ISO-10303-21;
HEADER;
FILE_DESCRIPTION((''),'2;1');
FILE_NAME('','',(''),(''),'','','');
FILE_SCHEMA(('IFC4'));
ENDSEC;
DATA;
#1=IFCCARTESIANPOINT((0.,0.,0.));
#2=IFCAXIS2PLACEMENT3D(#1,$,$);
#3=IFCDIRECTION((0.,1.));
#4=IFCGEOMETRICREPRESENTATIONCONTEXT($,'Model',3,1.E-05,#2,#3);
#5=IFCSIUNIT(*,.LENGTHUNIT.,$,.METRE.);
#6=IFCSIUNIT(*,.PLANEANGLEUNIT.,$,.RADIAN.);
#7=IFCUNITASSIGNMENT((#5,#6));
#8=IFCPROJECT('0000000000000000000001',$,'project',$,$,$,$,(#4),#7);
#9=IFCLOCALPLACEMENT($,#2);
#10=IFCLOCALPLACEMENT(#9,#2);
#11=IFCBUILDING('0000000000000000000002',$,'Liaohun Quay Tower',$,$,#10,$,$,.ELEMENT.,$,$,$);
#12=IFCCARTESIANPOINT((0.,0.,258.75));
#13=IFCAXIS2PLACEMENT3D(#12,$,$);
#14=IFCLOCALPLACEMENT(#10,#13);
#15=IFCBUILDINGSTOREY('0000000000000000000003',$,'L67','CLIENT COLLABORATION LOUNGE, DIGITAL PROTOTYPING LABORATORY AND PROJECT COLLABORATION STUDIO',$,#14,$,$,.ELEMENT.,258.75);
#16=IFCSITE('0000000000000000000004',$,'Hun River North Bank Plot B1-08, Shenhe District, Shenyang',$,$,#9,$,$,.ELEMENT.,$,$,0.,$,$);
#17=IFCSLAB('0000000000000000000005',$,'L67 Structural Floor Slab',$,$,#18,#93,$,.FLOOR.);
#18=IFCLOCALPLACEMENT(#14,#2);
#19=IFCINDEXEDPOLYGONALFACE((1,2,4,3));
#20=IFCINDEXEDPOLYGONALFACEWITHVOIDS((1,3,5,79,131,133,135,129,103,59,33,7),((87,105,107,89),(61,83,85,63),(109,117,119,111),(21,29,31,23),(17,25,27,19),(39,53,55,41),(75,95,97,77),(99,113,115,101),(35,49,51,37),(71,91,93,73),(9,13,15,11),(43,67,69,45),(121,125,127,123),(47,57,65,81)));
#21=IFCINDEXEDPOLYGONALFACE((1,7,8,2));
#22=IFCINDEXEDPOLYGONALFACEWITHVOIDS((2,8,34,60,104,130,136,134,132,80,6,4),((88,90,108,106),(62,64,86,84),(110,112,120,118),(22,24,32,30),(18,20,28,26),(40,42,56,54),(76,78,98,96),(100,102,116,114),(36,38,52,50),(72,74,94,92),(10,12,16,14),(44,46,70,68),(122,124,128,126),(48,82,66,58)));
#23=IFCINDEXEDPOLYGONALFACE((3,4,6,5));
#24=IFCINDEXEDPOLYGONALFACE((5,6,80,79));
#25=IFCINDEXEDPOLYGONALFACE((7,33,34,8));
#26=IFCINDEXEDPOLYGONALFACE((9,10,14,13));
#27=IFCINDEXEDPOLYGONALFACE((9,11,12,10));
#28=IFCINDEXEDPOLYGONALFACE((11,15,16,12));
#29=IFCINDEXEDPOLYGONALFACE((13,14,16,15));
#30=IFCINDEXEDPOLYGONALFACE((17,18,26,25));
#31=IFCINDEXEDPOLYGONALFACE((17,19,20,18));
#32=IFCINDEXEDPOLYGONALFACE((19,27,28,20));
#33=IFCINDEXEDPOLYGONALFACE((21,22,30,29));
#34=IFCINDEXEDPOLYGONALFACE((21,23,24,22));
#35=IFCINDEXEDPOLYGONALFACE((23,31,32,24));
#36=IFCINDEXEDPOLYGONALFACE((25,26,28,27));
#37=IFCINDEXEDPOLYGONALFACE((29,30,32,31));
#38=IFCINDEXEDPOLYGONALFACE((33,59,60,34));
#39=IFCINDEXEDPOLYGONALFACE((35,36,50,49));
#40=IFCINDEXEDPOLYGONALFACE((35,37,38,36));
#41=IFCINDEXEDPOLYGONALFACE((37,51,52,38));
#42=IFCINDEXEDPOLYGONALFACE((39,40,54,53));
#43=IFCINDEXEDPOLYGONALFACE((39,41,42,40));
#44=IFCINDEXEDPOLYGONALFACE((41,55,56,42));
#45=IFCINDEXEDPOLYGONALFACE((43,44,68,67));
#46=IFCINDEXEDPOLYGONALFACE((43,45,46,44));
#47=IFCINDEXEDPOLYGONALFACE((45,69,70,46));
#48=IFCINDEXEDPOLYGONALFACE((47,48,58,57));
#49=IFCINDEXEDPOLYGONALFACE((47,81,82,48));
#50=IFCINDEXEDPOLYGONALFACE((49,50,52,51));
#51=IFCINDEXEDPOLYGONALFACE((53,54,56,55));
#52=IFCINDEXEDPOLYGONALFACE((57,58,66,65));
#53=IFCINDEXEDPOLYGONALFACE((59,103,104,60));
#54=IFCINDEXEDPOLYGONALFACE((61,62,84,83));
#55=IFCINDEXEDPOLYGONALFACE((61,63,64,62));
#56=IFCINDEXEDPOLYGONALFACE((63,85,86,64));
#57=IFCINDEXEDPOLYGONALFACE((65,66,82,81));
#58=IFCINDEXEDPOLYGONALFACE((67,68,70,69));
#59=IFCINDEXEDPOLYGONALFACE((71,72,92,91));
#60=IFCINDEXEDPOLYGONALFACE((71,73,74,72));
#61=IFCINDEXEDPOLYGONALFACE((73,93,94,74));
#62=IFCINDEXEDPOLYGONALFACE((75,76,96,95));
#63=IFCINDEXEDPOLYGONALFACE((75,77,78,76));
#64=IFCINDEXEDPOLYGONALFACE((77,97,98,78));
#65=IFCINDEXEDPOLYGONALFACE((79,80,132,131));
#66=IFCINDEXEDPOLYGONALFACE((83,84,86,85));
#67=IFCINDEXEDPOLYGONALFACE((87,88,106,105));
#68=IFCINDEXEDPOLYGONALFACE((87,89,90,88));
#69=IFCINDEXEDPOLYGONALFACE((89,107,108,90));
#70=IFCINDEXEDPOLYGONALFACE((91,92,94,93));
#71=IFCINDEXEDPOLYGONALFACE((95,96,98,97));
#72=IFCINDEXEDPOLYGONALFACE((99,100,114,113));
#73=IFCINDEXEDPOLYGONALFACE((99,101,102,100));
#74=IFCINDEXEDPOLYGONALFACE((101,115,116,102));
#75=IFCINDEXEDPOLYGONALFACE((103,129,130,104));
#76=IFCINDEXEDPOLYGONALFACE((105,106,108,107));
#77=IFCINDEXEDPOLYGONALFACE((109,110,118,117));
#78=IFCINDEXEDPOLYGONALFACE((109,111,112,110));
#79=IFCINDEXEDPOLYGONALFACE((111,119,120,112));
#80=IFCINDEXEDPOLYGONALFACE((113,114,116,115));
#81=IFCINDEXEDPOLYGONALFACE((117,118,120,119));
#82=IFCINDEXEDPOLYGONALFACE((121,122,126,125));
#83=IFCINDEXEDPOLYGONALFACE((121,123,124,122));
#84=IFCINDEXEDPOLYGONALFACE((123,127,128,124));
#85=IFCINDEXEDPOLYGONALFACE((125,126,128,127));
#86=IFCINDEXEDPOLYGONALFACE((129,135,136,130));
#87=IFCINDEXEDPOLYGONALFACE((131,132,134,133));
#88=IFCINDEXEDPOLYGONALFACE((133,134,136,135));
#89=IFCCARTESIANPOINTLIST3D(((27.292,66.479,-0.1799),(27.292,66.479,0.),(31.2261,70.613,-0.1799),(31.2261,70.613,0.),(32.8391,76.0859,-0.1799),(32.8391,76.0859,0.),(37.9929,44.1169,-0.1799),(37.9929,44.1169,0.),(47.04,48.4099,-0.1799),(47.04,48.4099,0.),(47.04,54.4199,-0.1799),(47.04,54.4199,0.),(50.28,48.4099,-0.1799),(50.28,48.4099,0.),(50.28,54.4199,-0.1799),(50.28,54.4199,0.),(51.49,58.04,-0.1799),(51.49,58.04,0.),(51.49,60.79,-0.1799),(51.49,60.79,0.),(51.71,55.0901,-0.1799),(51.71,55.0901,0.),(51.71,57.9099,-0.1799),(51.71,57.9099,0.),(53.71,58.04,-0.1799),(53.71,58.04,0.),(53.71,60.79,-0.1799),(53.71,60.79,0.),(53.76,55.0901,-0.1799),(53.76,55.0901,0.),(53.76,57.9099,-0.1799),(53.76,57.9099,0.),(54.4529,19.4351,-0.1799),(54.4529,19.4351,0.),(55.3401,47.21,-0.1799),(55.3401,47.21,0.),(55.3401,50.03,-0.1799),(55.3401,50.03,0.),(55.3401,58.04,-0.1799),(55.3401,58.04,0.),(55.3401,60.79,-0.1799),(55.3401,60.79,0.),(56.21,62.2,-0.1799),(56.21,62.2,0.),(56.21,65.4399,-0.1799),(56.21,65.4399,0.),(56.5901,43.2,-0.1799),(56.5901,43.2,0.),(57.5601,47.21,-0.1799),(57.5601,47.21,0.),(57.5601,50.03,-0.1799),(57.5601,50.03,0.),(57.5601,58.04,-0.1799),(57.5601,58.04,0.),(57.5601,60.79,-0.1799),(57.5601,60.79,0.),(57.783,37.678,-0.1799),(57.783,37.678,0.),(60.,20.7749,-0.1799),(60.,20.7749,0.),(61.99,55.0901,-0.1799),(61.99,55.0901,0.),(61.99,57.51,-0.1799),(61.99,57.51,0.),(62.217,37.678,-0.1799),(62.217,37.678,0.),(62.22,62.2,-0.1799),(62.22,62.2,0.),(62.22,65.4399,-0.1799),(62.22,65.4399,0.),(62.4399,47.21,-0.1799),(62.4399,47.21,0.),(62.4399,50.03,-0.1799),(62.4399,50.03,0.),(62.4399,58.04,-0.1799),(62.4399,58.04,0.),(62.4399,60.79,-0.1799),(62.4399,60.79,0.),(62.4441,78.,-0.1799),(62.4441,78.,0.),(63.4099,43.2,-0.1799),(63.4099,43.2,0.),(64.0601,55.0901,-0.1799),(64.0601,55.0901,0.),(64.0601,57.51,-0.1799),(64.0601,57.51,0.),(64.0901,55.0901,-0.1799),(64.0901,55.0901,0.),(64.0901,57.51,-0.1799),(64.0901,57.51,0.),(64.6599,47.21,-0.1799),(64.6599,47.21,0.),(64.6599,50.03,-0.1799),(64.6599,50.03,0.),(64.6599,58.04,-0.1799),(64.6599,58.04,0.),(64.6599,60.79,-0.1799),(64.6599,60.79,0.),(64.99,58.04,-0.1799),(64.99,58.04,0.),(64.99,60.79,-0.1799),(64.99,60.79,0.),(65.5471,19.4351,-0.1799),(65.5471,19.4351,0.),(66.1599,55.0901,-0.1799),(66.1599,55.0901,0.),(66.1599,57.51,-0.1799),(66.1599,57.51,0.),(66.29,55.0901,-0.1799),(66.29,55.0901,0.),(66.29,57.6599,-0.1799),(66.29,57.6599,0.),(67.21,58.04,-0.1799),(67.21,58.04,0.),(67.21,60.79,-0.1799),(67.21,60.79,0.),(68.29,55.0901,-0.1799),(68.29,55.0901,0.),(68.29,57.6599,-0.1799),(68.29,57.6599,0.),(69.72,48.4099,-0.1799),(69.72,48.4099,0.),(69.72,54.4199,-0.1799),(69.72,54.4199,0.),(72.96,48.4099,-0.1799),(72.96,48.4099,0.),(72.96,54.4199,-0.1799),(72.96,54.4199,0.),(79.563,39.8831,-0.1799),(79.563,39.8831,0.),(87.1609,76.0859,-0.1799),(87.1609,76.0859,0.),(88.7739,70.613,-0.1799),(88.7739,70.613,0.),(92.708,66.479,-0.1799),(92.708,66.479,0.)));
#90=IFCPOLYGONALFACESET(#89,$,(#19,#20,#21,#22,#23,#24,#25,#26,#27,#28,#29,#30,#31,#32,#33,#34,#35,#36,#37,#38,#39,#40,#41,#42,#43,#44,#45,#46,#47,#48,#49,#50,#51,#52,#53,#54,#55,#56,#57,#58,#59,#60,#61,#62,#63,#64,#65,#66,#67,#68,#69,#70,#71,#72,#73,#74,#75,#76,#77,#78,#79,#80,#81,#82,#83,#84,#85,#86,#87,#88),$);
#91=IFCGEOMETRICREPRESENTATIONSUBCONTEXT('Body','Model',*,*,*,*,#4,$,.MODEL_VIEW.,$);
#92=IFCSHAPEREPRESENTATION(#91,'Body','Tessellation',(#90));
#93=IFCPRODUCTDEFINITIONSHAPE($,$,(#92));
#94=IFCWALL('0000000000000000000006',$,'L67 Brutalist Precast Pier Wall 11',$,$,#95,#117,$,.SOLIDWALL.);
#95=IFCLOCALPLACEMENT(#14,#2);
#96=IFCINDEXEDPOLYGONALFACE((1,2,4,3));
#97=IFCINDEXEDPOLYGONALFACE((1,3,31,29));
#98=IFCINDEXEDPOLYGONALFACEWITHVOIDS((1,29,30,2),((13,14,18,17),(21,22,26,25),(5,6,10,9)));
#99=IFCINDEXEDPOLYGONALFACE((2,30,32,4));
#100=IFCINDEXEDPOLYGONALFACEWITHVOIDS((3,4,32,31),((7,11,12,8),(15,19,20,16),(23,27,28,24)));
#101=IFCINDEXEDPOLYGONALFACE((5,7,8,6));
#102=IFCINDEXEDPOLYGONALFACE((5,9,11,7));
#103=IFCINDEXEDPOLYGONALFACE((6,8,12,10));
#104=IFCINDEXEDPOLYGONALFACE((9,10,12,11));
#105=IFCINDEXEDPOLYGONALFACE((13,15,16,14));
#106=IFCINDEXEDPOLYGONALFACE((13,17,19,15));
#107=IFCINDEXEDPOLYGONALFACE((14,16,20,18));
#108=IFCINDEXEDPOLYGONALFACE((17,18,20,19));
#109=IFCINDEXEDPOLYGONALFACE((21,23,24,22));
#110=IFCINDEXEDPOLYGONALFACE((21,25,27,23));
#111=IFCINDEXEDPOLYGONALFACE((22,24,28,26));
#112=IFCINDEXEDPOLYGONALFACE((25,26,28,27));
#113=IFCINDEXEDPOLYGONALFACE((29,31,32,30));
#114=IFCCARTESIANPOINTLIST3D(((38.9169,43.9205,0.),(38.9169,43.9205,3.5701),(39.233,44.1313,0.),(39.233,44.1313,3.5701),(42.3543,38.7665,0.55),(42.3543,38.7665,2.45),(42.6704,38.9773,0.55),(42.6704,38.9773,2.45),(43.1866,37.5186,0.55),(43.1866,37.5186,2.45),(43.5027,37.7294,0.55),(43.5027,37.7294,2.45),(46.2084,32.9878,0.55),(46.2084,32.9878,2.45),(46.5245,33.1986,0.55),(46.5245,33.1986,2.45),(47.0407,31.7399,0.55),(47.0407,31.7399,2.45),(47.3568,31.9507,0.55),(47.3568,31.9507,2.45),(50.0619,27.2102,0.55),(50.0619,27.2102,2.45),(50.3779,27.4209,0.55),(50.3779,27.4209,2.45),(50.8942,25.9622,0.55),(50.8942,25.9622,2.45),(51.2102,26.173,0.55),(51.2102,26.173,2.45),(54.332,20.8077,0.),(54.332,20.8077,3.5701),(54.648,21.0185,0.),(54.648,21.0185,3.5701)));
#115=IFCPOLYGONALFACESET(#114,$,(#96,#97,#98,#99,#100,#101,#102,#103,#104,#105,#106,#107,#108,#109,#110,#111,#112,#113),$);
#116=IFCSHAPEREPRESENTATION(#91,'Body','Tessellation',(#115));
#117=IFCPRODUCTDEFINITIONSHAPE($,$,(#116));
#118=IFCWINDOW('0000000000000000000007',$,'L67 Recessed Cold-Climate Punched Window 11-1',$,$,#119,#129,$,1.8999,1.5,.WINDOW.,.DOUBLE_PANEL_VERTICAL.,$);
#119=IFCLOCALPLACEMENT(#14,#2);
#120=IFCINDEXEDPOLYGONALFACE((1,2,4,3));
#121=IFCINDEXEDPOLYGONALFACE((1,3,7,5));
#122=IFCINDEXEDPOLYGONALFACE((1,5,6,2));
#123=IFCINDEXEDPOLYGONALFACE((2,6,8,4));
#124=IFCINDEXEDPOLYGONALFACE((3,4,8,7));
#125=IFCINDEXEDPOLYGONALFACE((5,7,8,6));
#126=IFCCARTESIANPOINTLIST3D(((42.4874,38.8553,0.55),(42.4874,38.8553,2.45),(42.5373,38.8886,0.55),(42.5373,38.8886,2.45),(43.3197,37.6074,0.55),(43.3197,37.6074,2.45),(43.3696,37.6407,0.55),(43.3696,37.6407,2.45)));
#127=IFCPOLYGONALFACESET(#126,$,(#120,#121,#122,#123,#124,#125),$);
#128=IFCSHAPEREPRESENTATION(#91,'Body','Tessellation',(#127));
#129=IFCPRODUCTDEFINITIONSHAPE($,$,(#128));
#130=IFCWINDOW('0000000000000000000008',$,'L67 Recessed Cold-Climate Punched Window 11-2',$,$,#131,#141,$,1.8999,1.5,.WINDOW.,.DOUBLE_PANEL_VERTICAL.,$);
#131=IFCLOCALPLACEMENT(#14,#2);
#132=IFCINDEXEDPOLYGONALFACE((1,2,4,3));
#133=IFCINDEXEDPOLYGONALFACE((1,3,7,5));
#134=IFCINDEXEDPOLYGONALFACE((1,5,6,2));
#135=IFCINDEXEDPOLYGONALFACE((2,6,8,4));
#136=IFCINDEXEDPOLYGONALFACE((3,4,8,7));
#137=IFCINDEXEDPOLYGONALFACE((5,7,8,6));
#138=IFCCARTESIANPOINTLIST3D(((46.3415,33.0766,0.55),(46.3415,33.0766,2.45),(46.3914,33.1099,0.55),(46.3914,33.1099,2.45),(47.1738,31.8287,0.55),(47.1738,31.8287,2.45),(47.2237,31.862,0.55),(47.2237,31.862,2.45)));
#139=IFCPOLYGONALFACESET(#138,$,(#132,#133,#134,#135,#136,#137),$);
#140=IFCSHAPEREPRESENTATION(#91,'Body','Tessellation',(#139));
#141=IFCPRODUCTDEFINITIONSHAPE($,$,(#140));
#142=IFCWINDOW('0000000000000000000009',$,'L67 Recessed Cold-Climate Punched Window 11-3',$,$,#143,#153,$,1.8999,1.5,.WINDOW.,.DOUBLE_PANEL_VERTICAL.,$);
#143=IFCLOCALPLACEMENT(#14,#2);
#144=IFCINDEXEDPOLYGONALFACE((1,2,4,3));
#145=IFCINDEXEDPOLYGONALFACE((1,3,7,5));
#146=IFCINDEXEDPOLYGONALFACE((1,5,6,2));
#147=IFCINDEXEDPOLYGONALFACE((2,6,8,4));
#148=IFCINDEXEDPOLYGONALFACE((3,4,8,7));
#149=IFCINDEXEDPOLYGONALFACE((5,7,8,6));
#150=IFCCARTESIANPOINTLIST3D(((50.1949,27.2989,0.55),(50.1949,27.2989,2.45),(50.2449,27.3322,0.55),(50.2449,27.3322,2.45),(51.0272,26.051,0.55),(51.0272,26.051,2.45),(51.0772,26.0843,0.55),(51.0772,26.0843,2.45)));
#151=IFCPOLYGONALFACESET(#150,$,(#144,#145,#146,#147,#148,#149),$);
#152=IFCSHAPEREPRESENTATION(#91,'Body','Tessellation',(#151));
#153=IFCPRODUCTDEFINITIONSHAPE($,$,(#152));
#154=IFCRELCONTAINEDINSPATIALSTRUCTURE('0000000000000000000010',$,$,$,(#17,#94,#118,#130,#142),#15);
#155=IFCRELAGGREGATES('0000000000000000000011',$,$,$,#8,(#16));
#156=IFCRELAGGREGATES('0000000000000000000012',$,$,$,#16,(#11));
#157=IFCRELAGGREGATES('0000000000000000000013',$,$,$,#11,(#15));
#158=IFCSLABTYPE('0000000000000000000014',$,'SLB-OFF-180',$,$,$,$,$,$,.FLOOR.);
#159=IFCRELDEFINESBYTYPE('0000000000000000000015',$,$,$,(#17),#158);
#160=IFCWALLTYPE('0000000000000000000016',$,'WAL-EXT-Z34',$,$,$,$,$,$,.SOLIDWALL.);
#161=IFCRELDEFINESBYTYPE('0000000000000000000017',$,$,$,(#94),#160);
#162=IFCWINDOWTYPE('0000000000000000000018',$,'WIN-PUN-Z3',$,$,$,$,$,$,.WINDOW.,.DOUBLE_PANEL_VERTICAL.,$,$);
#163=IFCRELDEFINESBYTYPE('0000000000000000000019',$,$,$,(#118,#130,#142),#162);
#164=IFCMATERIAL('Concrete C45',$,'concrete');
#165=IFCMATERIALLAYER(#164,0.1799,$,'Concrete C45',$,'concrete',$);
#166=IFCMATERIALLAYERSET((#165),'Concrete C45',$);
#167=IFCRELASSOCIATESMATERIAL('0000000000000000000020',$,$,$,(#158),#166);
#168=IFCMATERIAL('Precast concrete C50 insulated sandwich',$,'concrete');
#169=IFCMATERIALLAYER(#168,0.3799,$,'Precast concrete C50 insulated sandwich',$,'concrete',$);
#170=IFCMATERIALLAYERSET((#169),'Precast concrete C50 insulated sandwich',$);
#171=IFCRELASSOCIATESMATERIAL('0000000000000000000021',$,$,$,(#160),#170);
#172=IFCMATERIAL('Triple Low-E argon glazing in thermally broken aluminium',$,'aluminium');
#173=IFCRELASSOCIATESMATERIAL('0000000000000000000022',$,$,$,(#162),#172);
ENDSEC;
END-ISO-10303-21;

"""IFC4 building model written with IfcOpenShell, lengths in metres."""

from ifc_helpers import new_model, si_unit, direction, frame, frame_2d, origin, place, context, subcontext, project, spatial, polyline, rectangle, outline, extrude, source, transform, mapped, material, layer, layer_set, type_object, element, fill, save


model = new_model("IFC4")

# Units and contexts
model_context = context("Model", 3, precision=1e-05, world=origin(), true_north=direction((0.0, 1.0)))
body_context = subcontext(model_context, "Body", "Model", "MODEL_VIEW")
ifc_project = project(units=[si_unit("LENGTHUNIT", "METRE"), si_unit("PLANEANGLEUNIT", "RADIAN")], contexts=[model_context])

# Site, building, storey
site_placement = place(None, origin())
site = spatial("IfcSite", under=ifc_project, at=site_placement, Name="Hun River North Bank Plot B1-08, Shenhe District, Shenyang", CompositionType="ELEMENT", RefElevation=0.0)
building_placement = place(site_placement, origin())
building = spatial("IfcBuilding", under=site, at=building_placement, Name="Liaohun Quay Tower", CompositionType="ELEMENT")
storey_placement = place(building_placement, frame((0.0, 0.0, 258.75)))
storey = spatial("IfcBuildingStorey", under=building, at=storey_placement, Name="L67", Description="CLIENT COLLABORATION LOUNGE, DIGITAL PROTOTYPING LABORATORY AND PROJECT COLLABORATION STUDIO", CompositionType="ELEMENT", Elevation=258.75)

# Shared definitions
ifc_material_1 = material(Name="Concrete C45", Category="concrete")

# Slab
ifc_layer_1 = layer(ifc_material_1, 0.1799, Name="Concrete C45", Category="concrete")
ifc_layer_set_1 = layer_set([ifc_layer_1], Name="Concrete C45")
slab_type_1 = type_object("IfcSlabType", Name="SLB-OFF-180", PredefinedType="FLOOR", material=ifc_layer_set_1)
slab_1_placement = place(storey_placement, frame((0.0, 0.0, -0.1799)))
element("IfcSlab", 1, at=slab_1_placement, inside=storey, type_object=slab_type_1, Name="L67 Structural Floor Slab", PredefinedType="FLOOR", context=body_context, shape_type="SweptSolid", body=[
    extrude(outline(polyline([(54.4529, 19.4351), (60.0, 20.7749), (65.5471, 19.4351), (79.563, 39.8831), (92.708, 66.479), (88.7739, 70.613), (87.1609, 76.0859), (62.4441, 78.0), (32.8391, 76.0859), (31.2261, 70.613), (27.292, 66.479), (37.9929, 44.1169), (54.4529, 19.4351)]), holes=[polyline([(63.4099, 43.2), (56.5901, 43.2), (57.783, 37.678), (62.217, 37.678), (63.4099, 43.2)]), polyline([(57.5601, 47.21), (57.5601, 50.03), (55.3401, 50.03), (55.3401, 47.21), (57.5601, 47.21)]), polyline([(50.28, 54.4199), (47.04, 54.4199), (47.04, 48.4099), (50.28, 48.4099), (50.28, 54.4199)]), polyline([(53.76, 55.0901), (53.76, 57.9099), (51.71, 57.9099), (51.71, 55.0901), (53.76, 55.0901)]), polyline([(53.71, 58.04), (53.71, 60.79), (51.49, 60.79), (51.49, 58.04), (53.71, 58.04)]), polyline([(57.5601, 58.04), (57.5601, 60.79), (55.3401, 60.79), (55.3401, 58.04), (57.5601, 58.04)]), polyline([(62.22, 62.2), (62.22, 65.4399), (56.21, 65.4399), (56.21, 62.2), (62.22, 62.2)]), polyline([(64.6599, 50.03), (62.4399, 50.03), (62.4399, 47.21), (64.6599, 47.21), (64.6599, 50.03)]), polyline([(72.96, 54.4199), (69.72, 54.4199), (69.72, 48.4099), (72.96, 48.4099), (72.96, 54.4199)]), polyline([(64.0601, 55.0901), (64.0601, 57.51), (61.99, 57.51), (61.99, 55.0901), (64.0601, 55.0901)]), polyline([(66.1599, 55.0901), (66.1599, 57.51), (64.0901, 57.51), (64.0901, 55.0901), (66.1599, 55.0901)]), polyline([(68.29, 55.0901), (68.29, 57.6599), (66.29, 57.6599), (66.29, 55.0901), (68.29, 55.0901)]), polyline([(64.6599, 58.04), (64.6599, 60.79), (62.4399, 60.79), (62.4399, 58.04), (64.6599, 58.04)]), polyline([(67.21, 58.04), (67.21, 60.79), (64.99, 60.79), (64.99, 58.04), (67.21, 58.04)])]), origin(), (0.0, 0.0, 1.0), 0.1799),
])

# Wall, openings, windows
ifc_material_2 = material(Name="Precast concrete C50 insulated sandwich", Category="concrete")
ifc_layer_2 = layer(ifc_material_2, 0.3799, Name="Precast concrete C50 insulated sandwich", Category="concrete")
ifc_layer_set_2 = layer_set([ifc_layer_2], Name="Precast concrete C50 insulated sandwich")
wall_type_1 = type_object("IfcWallType", Name="WAL-EXT-Z34", PredefinedType="SOLIDWALL", material=ifc_layer_set_2)
wall_1_placement = place(storey_placement, frame((39.075, 44.0259, 0.0), z_axis=(0.0, 0.0, 1.0), x_axis=(0.554862, -0.831942, 0.0)))
wall_1 = element("IfcWall", 2, at=wall_1_placement, inside=storey, type_object=wall_type_1, Name="L67 Brutalist Precast Pier Wall 11", PredefinedType="SOLIDWALL", context=body_context, shape_type="SweptSolid", body=[
    extrude(rectangle(XDim=27.7817, YDim=0.3799, at=frame_2d((13.8909, 0.0))), origin(), (0.0, 0.0, 1.0), 3.5701),
])
shared_shape_1 = source(origin(), body_context, "Body", "SweptSolid", [
    extrude(rectangle(XDim=1.5, YDim=1.8999, at=frame_2d((0.75, 0.95))), frame((0.0, 0.2, 0.0), z_axis=(0.0, -1.0, 0.0), x_axis=(1.0, 0.0, 0.0)), (0.0, 0.0, 1.0), 0.3999),
])
opening_1_placement = place(wall_1_placement, frame((6.1951, 0.0, 0.55)))
opening_1 = element("IfcOpeningElement", 3, at=opening_1_placement, cuts=wall_1, PredefinedType="OPENING", context=body_context, shape_type="MappedRepresentation", body=[
    mapped(shared_shape_1, transform((0.0, 0.0, 0.0), x_axis=(1.0, 0.0, 0.0), y_axis=(0.0, 1.0, 0.0), z_axis=(0.0, 0.0, 1.0), scale=1.0)),
])
opening_2_placement = place(wall_1_placement, frame((13.1411, 0.0, 0.55)))
opening_2 = element("IfcOpeningElement", 4, at=opening_2_placement, cuts=wall_1, PredefinedType="OPENING", context=body_context, shape_type="MappedRepresentation", body=[
    mapped(shared_shape_1, transform((0.0, 0.0, 0.0), x_axis=(1.0, 0.0, 0.0), y_axis=(0.0, 1.0, 0.0), z_axis=(0.0, 0.0, 1.0), scale=1.0)),
])
opening_3_placement = place(wall_1_placement, frame((20.0859, 0.0, 0.55)))
opening_3 = element("IfcOpeningElement", 5, at=opening_3_placement, cuts=wall_1, PredefinedType="OPENING", context=body_context, shape_type="MappedRepresentation", body=[
    mapped(shared_shape_1, transform((0.0, 0.0, 0.0), x_axis=(1.0, 0.0, 0.0), y_axis=(0.0, 1.0, 0.0), z_axis=(0.0, 0.0, 1.0), scale=1.0)),
])
ifc_material_3 = material(Name="Triple Low-E argon glazing in thermally broken aluminium", Category="aluminium")
window_type = type_object("IfcWindowType", Name="WIN-PUN-Z3", PartitioningType="DOUBLE_PANEL_VERTICAL", PredefinedType="WINDOW", material=ifc_material_3)
shared_shape_2 = source(origin(), body_context, "Body", "SweptSolid", [
    extrude(rectangle(XDim=1.5, YDim=1.8999, at=frame_2d((0.75, 0.95))), frame((0.0, 0.03, 0.0), z_axis=(0.0, -1.0, 0.0), x_axis=(1.0, 0.0, 0.0)), (0.0, 0.0, 1.0), 0.0601),
])
window_1_placement = place(opening_1_placement, origin())
window_1 = element("IfcWindow", 6, at=window_1_placement, inside=storey, type_object=window_type, Name="L67 Recessed Cold-Climate Punched Window 11-1", OverallHeight=1.8999, OverallWidth=1.5, PartitioningType="DOUBLE_PANEL_VERTICAL", PredefinedType="WINDOW", context=body_context, shape_type="MappedRepresentation", body=[
    mapped(shared_shape_2, transform((0.0, 0.0, 0.0), x_axis=(1.0, 0.0, 0.0), y_axis=(0.0, 1.0, 0.0), z_axis=(0.0, 0.0, 1.0), scale=1.0)),
])
fill(opening_1, window_1)
window_2_placement = place(opening_2_placement, origin())
window_2 = element("IfcWindow", 7, at=window_2_placement, inside=storey, type_object=window_type, Name="L67 Recessed Cold-Climate Punched Window 11-2", OverallHeight=1.8999, OverallWidth=1.5, PartitioningType="DOUBLE_PANEL_VERTICAL", PredefinedType="WINDOW", context=body_context, shape_type="MappedRepresentation", body=[
    mapped(shared_shape_2, transform((0.0, 0.0, 0.0), x_axis=(1.0, 0.0, 0.0), y_axis=(0.0, 1.0, 0.0), z_axis=(0.0, 0.0, 1.0), scale=1.0)),
])
fill(opening_2, window_2)
window_3_placement = place(opening_3_placement, origin())
window_3 = element("IfcWindow", 8, at=window_3_placement, inside=storey, type_object=window_type, Name="L67 Recessed Cold-Climate Punched Window 11-3", OverallHeight=1.8999, OverallWidth=1.5, PartitioningType="DOUBLE_PANEL_VERTICAL", PredefinedType="WINDOW", context=body_context, shape_type="MappedRepresentation", body=[
    mapped(shared_shape_2, transform((0.0, 0.0, 0.0), x_axis=(1.0, 0.0, 0.0), y_axis=(0.0, 1.0, 0.0), z_axis=(0.0, 0.0, 1.0), scale=1.0)),
])
fill(opening_3, window_3)

save(model, "model.ifc")
